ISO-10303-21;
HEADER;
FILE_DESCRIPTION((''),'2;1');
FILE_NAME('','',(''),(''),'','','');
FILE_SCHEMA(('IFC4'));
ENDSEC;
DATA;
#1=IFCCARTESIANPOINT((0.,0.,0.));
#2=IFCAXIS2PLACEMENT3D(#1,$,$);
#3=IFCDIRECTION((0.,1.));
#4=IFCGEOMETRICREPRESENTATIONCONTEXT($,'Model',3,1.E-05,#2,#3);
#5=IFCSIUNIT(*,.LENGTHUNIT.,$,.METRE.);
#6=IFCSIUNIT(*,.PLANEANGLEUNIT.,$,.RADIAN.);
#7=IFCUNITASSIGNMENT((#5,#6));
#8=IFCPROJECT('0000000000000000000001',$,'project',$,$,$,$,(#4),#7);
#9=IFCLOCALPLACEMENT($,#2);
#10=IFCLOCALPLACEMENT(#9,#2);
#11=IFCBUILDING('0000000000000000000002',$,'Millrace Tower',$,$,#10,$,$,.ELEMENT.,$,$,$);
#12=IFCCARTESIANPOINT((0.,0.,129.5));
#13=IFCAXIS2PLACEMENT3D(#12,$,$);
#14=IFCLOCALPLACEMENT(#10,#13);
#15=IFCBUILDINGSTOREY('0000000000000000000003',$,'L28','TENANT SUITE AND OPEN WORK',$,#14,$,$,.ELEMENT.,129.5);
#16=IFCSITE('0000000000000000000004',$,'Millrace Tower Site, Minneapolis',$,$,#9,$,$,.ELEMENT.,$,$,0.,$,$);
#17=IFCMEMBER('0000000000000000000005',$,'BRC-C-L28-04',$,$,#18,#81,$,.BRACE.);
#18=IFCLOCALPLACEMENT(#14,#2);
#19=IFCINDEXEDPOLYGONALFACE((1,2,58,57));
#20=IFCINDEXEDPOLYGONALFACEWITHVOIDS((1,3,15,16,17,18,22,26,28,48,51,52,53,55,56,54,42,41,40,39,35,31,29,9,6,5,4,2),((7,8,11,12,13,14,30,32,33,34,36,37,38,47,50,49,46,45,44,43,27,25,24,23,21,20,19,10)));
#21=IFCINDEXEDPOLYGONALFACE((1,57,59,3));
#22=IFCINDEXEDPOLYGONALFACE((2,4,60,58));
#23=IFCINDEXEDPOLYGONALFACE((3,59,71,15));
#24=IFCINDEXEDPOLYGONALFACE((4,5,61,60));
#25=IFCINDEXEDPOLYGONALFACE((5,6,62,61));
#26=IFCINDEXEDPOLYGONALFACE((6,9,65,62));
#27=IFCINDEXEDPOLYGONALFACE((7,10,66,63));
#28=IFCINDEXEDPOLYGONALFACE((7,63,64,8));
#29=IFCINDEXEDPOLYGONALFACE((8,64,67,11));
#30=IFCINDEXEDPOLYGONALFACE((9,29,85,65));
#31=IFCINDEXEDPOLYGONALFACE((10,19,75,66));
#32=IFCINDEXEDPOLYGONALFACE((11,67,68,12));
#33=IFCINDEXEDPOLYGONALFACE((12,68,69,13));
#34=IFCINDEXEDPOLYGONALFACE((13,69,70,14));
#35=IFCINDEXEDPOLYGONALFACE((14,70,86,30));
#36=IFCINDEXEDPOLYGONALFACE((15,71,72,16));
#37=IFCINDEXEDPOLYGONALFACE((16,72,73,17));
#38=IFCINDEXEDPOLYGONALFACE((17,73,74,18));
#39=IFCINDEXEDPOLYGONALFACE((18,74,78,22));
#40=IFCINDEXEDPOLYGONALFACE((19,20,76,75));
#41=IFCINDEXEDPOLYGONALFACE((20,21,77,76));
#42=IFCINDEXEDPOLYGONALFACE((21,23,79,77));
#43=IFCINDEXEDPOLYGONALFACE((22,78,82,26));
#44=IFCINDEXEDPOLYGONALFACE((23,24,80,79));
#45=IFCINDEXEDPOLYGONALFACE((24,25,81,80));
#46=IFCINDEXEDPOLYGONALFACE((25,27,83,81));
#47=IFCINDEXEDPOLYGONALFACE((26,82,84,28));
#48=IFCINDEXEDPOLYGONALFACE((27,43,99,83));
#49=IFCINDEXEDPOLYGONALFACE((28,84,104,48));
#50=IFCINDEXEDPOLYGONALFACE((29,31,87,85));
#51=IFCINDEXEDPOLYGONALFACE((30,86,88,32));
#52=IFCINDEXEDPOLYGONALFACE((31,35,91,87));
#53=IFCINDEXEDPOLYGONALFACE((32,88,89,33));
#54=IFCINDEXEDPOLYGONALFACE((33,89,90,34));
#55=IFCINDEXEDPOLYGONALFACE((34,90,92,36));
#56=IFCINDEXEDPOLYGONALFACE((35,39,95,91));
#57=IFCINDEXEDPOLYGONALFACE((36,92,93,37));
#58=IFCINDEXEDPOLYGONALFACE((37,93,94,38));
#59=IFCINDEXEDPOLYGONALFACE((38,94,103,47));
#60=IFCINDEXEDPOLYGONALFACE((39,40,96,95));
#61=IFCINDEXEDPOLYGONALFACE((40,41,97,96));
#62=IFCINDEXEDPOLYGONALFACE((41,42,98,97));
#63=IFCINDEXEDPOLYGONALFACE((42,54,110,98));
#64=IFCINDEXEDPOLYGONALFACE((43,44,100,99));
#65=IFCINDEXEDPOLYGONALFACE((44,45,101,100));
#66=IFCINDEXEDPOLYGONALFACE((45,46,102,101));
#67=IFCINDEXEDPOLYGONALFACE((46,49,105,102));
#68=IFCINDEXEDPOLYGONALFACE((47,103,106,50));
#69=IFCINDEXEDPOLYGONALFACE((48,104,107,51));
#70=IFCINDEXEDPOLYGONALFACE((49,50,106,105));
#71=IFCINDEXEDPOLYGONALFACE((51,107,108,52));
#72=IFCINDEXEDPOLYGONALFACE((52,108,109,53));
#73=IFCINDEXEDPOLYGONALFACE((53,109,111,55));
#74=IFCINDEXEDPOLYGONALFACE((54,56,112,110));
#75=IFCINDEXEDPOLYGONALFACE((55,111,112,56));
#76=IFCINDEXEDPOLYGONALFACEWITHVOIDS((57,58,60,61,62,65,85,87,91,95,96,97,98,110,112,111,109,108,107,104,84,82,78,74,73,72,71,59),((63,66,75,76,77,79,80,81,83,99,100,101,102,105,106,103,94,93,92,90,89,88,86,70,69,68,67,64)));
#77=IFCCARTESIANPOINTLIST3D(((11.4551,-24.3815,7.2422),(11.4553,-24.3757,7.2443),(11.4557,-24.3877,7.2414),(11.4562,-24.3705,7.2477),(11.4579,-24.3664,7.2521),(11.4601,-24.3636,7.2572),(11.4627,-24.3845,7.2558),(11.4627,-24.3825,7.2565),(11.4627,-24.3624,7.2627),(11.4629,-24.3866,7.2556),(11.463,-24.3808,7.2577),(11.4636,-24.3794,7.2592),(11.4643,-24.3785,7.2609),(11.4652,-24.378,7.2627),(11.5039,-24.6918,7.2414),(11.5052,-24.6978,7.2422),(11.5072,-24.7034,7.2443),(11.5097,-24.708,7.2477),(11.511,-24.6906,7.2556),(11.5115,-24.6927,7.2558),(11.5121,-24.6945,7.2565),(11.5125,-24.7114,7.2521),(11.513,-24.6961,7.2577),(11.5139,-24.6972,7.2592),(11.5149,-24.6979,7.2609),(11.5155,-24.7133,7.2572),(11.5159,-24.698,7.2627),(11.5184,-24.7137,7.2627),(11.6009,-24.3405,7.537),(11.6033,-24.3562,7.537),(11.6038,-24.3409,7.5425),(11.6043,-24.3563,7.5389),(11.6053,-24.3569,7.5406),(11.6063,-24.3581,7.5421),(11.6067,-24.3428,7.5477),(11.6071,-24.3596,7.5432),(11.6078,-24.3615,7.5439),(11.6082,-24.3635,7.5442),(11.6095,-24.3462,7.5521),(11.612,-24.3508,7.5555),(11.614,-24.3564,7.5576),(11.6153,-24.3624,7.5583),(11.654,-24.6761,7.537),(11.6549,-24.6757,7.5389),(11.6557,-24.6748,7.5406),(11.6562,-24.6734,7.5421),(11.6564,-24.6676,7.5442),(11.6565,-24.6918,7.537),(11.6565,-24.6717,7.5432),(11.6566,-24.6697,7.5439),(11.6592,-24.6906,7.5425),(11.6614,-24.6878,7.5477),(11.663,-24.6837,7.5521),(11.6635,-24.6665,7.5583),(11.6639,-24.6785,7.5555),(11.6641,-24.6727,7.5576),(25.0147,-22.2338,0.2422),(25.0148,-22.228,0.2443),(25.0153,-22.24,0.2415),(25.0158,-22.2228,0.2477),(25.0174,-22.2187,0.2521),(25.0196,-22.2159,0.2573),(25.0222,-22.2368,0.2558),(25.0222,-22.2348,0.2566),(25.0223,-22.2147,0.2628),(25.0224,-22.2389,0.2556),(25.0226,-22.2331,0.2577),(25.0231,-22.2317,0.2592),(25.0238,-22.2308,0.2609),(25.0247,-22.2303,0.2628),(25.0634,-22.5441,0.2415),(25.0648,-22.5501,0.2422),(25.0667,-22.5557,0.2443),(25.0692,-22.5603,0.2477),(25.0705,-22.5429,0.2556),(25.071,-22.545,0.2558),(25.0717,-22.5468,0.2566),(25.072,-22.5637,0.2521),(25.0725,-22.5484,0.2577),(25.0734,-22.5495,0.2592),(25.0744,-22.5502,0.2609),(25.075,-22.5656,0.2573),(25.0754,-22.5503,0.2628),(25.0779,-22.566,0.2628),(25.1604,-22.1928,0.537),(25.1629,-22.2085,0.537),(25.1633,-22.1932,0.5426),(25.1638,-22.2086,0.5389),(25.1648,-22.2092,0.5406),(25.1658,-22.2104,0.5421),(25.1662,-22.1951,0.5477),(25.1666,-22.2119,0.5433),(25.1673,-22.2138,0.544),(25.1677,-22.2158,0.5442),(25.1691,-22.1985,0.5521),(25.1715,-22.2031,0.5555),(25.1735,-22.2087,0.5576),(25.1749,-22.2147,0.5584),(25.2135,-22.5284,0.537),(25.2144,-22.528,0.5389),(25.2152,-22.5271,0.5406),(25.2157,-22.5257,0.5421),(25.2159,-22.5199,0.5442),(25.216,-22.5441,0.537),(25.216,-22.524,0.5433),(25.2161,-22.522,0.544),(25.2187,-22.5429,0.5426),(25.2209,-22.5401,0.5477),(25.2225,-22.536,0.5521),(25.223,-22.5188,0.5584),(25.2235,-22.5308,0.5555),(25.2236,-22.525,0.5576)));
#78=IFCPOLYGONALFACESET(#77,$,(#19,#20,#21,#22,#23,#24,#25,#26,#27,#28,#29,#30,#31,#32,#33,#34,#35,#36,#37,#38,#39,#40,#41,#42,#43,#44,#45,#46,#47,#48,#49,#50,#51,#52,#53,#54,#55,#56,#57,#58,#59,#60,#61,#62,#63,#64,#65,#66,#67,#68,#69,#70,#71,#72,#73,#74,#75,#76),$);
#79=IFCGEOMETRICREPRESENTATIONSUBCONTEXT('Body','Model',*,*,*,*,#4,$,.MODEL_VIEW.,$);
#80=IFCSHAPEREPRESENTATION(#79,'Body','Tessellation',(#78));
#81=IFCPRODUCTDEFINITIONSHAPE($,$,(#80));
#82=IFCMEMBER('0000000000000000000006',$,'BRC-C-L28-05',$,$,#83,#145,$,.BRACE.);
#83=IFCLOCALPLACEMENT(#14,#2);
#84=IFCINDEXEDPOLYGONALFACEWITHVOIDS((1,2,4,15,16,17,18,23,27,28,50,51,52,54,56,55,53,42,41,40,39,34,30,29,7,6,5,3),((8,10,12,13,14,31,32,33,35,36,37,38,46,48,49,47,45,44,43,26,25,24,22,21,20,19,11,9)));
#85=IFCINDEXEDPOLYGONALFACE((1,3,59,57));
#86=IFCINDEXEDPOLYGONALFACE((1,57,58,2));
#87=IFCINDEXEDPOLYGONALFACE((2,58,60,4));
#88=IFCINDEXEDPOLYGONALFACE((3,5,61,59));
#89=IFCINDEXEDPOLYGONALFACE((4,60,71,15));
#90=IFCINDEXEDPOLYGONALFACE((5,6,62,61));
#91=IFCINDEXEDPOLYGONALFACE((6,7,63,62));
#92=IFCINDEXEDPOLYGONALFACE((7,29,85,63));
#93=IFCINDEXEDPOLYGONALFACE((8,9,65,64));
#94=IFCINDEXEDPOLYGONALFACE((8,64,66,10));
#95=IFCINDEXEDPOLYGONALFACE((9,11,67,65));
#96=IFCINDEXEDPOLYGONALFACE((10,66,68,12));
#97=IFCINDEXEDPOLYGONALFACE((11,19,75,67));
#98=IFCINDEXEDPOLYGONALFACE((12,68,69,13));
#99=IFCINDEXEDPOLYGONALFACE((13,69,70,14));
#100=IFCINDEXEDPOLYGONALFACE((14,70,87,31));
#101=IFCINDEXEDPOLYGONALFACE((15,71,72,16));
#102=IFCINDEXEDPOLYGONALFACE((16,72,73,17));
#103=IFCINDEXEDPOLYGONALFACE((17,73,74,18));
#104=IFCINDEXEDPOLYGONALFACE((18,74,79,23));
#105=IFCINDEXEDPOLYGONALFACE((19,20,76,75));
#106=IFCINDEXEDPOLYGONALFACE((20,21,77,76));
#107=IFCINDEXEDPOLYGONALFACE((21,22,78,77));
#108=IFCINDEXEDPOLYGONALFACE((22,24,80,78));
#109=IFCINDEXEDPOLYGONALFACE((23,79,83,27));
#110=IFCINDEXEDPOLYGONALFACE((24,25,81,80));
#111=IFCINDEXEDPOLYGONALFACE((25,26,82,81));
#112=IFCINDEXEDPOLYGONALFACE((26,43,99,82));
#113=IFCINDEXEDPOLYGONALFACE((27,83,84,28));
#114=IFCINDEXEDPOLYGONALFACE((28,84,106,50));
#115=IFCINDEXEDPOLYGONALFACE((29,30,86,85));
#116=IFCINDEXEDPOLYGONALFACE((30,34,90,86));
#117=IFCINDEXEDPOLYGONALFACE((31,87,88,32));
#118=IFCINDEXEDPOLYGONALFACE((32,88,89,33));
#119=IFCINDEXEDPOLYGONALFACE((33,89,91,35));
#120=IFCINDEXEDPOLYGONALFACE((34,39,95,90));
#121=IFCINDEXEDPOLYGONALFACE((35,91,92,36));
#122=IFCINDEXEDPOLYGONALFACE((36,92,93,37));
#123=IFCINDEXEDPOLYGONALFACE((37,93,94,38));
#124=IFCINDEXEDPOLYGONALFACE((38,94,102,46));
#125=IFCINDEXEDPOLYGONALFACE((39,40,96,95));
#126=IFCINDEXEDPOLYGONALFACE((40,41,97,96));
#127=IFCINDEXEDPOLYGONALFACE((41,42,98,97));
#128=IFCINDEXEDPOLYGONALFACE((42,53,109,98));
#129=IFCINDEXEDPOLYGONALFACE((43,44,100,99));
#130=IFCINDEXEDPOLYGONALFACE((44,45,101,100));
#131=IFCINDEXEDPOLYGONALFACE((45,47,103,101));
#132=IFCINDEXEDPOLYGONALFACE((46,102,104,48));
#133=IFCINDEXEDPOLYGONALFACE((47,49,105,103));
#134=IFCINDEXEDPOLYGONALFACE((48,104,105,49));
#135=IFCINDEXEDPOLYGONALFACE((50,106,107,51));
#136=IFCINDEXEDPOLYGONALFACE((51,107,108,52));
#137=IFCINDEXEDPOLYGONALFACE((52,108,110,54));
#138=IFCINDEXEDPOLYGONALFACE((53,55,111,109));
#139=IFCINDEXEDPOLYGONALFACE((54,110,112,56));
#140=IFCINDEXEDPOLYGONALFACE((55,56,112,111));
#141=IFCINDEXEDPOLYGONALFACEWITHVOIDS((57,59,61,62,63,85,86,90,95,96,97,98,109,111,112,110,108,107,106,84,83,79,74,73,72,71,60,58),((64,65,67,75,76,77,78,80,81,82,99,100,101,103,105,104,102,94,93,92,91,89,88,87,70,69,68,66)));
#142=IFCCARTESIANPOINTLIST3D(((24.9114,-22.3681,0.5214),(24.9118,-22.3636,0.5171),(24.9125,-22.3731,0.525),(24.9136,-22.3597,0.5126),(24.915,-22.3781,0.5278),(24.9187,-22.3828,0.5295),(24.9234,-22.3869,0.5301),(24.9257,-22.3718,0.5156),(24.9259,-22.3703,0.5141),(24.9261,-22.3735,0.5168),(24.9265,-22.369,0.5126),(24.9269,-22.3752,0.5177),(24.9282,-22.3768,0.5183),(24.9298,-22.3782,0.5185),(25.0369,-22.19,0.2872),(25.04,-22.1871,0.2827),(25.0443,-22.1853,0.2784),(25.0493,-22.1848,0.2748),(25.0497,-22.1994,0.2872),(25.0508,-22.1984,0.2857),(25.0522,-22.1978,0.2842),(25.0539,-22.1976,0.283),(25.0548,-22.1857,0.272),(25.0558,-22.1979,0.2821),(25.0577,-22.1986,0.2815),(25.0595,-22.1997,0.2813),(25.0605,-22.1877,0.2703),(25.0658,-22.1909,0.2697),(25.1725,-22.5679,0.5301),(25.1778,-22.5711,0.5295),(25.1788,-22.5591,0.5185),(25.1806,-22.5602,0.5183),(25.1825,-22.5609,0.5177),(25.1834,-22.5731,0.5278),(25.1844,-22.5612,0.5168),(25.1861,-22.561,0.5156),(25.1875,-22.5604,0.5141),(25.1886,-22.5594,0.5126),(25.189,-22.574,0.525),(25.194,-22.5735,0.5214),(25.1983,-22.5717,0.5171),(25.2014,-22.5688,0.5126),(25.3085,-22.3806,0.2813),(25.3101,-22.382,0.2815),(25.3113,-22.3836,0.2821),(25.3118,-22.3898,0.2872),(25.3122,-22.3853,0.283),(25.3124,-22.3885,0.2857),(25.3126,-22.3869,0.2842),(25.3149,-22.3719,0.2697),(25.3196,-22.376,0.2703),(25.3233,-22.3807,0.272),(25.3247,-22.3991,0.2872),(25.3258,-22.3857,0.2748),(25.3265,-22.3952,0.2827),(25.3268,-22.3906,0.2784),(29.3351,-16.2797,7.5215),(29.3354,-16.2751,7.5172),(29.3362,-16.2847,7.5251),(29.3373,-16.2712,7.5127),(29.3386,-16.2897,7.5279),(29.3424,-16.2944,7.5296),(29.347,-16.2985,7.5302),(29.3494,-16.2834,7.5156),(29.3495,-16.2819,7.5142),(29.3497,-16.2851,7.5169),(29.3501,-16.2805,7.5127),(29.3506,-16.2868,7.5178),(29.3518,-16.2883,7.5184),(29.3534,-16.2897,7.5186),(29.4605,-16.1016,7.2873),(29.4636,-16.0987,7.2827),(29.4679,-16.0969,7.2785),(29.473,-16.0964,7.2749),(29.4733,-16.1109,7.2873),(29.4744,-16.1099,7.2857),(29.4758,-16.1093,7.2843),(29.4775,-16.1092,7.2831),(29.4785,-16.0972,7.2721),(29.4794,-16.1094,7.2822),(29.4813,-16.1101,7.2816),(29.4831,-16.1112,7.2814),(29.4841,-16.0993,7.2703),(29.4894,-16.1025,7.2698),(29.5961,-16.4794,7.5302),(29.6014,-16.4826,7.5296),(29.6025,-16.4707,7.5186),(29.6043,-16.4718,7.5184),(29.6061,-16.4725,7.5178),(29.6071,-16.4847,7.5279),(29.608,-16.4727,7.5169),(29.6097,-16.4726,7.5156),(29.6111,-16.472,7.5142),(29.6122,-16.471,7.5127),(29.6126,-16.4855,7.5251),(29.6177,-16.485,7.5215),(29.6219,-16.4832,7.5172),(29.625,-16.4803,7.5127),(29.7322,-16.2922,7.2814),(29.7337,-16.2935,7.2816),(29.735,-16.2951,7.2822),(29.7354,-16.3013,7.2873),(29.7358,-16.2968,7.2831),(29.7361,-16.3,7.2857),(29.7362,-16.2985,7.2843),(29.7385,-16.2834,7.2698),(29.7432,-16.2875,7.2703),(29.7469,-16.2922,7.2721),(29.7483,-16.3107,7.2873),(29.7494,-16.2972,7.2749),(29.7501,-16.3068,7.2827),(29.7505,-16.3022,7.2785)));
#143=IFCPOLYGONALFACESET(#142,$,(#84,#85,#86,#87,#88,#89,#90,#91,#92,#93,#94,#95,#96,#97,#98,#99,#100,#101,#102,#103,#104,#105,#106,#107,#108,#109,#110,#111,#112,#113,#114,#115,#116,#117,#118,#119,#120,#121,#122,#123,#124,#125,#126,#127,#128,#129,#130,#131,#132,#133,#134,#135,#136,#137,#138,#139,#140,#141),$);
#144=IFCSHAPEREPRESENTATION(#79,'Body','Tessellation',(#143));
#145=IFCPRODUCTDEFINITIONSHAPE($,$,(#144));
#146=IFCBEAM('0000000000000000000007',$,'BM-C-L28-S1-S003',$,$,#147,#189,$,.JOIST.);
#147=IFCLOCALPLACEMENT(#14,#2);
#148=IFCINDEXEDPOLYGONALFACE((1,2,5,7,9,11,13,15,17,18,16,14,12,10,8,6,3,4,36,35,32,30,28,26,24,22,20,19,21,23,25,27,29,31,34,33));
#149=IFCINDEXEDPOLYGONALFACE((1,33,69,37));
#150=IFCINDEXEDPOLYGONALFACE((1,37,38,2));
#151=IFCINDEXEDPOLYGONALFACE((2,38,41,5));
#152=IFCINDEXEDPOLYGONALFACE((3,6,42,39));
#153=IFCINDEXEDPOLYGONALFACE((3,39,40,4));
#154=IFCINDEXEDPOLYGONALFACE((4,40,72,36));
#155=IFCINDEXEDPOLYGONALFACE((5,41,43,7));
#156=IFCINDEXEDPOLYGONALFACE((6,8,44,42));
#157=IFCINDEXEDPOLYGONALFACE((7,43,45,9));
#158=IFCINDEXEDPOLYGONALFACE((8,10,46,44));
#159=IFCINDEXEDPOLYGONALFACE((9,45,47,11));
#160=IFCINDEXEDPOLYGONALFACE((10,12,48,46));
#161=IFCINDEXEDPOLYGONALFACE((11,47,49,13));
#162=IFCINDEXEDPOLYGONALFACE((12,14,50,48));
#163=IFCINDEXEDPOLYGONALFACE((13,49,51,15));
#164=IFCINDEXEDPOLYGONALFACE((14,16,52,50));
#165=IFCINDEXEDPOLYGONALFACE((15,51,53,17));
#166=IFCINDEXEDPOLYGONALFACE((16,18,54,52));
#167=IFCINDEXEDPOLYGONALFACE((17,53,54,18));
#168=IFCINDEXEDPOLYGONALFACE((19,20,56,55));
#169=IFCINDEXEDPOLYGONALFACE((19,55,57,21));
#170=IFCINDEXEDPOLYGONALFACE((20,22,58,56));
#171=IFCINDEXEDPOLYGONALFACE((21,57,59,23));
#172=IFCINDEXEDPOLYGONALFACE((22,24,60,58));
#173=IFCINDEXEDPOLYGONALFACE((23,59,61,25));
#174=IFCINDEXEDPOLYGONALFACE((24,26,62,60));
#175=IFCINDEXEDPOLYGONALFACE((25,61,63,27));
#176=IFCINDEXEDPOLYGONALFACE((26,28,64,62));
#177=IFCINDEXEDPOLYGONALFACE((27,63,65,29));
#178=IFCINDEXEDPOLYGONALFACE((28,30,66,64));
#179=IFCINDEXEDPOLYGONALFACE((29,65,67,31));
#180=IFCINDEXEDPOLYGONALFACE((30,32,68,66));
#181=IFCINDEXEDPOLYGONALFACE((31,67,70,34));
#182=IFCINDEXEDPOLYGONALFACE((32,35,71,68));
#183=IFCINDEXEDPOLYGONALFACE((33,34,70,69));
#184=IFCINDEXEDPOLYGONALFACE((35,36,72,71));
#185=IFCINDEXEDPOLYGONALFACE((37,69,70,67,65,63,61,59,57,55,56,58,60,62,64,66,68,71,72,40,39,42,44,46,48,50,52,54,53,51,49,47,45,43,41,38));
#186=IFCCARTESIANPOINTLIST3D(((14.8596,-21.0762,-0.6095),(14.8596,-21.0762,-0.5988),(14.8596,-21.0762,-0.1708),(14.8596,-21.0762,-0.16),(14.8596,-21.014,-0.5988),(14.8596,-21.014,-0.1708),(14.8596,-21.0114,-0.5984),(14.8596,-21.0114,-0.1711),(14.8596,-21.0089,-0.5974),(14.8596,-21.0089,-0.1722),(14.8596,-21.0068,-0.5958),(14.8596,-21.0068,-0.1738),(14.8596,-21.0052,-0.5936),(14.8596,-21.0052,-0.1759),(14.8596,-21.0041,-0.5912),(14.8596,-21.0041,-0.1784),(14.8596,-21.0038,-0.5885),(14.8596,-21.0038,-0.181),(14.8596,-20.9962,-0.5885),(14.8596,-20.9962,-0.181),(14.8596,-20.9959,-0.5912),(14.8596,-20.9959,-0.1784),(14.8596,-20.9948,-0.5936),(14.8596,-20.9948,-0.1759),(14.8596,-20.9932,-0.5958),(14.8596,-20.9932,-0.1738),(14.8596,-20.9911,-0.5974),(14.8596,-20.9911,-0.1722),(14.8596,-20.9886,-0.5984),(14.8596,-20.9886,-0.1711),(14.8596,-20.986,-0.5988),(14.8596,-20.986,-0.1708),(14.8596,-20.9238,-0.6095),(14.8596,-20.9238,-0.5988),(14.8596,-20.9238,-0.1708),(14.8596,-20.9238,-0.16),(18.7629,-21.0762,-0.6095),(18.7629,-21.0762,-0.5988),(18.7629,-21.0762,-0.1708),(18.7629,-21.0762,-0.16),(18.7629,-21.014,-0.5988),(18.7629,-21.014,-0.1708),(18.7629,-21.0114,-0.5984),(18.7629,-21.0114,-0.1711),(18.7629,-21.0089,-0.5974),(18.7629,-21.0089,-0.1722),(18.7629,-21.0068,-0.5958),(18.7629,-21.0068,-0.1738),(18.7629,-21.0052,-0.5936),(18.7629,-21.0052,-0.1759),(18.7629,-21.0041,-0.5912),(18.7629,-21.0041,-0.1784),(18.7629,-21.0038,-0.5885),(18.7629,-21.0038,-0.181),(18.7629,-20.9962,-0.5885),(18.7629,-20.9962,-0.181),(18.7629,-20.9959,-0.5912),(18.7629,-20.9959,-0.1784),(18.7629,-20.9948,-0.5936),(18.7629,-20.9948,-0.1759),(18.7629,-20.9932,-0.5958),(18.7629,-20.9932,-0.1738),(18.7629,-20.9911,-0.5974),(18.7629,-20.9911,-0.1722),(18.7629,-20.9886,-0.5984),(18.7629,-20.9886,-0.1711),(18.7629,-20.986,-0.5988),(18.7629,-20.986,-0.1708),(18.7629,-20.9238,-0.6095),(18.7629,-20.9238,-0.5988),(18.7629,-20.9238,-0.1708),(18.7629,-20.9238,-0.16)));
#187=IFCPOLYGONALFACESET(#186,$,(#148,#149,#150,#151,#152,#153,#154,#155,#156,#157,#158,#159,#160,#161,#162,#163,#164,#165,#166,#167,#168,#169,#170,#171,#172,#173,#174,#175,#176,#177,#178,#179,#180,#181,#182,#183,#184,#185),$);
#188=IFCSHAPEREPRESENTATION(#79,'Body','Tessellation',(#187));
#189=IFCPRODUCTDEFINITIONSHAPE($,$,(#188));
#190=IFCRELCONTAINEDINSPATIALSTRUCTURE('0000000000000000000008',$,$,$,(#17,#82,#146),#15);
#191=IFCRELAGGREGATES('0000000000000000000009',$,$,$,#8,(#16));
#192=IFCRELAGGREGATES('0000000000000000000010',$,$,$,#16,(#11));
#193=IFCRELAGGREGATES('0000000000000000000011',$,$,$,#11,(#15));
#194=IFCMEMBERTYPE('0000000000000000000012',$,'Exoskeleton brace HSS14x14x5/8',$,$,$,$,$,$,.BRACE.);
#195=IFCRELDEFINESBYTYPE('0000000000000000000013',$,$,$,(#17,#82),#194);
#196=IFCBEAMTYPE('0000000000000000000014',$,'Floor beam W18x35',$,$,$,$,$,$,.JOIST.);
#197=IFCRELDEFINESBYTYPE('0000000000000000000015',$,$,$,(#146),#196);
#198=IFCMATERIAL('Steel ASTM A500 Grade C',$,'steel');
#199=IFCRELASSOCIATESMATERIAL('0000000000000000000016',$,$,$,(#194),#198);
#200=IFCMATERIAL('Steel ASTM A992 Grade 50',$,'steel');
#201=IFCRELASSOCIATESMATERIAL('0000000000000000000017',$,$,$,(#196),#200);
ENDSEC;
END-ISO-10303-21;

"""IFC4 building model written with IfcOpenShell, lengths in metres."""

from ifc_helpers import new_model, si_unit, direction, frame, origin, origin_2d, place, context, subcontext, project, spatial, hollow_rectangle, i_section, extrude, material, material_profile, profile_set, type_object, element, save


model = new_model("IFC4")

# Units and contexts
model_context = context("Model", 3, precision=1e-05, world=origin(), true_north=direction((0.0, 1.0)))
body_context = subcontext(model_context, "Body", "Model", "MODEL_VIEW")
ifc_project = project(units=[si_unit("LENGTHUNIT", "METRE"), si_unit("PLANEANGLEUNIT", "RADIAN")], contexts=[model_context])

# Site, building, storey
site_placement = place(None, origin())
site = spatial("IfcSite", under=ifc_project, at=site_placement, Name="Millrace Tower Site, Minneapolis", CompositionType="ELEMENT", RefElevation=0.0)
building_placement = place(site_placement, origin())
building = spatial("IfcBuilding", under=site, at=building_placement, Name="Millrace Tower", CompositionType="ELEMENT")
storey_placement = place(building_placement, frame((0.0, 0.0, 129.5)))
storey = spatial("IfcBuildingStorey", under=building, at=storey_placement, Name="L28", Description="TENANT SUITE AND OPEN WORK", CompositionType="ELEMENT", Elevation=129.5)

# Members
ifc_material_1 = material(Name="Steel ASTM A500 Grade C", Category="steel")
ifc_material_profile_1 = material_profile(ifc_material_1, hollow_rectangle(XDim=0.3557, YDim=0.3557, WallThickness=0.0159, InnerFilletRadius=0.0081, OuterFilletRadius=0.0239, at=origin_2d()))
ifc_profile_set_1 = profile_set([ifc_material_profile_1], Name="Steel ASTM A500 Grade C")
member_type_1 = type_object("IfcMemberType", Name="Exoskeleton brace HSS14x14x5/8", PredefinedType="BRACE", material=ifc_profile_set_1)
member_1_placement = place(storey_placement, frame((25.1191, -22.3794, 0.3999), z_axis=(-0.879908, -0.139369, 0.454244), x_axis=(0.15644, -0.987687, 0.0)))
element("IfcMember", 1, at=member_1_placement, inside=storey, type_object=member_type_1, Name="BRC-C-L28-04", PredefinedType="BRACE", context=body_context, shape_type="SweptSolid", body=[
    extrude(hollow_rectangle(XDim=0.3557, YDim=0.3557, WallThickness=0.0159, InnerFilletRadius=0.0081, OuterFilletRadius=0.0239, at=origin_2d()), origin(), (0.0, 0.0, 1.0), 15.4102),
])
member_2_placement = place(storey_placement, frame((25.1191, -22.3794, 0.3999), z_axis=(0.430395, 0.592372, 0.681069), x_axis=(-0.80901, 0.587795, 0.0)))
element("IfcMember", 2, at=member_2_placement, inside=storey, type_object=member_type_1, Name="BRC-C-L28-05", PredefinedType="BRACE", context=body_context, shape_type="SweptSolid", body=[
    extrude(hollow_rectangle(XDim=0.3557, YDim=0.3557, WallThickness=0.0159, InnerFilletRadius=0.0081, OuterFilletRadius=0.0239, at=origin_2d()), origin(), (0.0, 0.0, 1.0), 10.2781),
])

# Beam
ifc_material_2 = material(Name="Steel ASTM A992 Grade 50", Category="steel")
ifc_material_profile_2 = material_profile(ifc_material_2, i_section(OverallWidth=0.1523, OverallDepth=0.4495, WebThickness=0.0076, FlangeThickness=0.0107, FilletRadius=0.0103, at=origin_2d()))
ifc_profile_set_2 = profile_set([ifc_material_profile_2], Name="Steel ASTM A992 Grade 50")
beam_type_1 = type_object("IfcBeamType", Name="Floor beam W18x35", PredefinedType="JOIST", material=ifc_profile_set_2)
beam_1_placement = place(storey_placement, frame((14.8596, -21.0, -0.3848), z_axis=(1.0, 0.0, 0.0), x_axis=(0.0, 1.0, 0.0)))
element("IfcBeam", 3, at=beam_1_placement, inside=storey, type_object=beam_type_1, Name="BM-C-L28-S1-S003", PredefinedType="JOIST", context=body_context, shape_type="SweptSolid", body=[
    extrude(i_section(OverallWidth=0.1523, OverallDepth=0.4495, WebThickness=0.0076, FlangeThickness=0.0107, FilletRadius=0.0103, at=origin_2d()), origin(), (0.0, 0.0, 1.0), 3.9033),
])

save(model, "model.ifc")
